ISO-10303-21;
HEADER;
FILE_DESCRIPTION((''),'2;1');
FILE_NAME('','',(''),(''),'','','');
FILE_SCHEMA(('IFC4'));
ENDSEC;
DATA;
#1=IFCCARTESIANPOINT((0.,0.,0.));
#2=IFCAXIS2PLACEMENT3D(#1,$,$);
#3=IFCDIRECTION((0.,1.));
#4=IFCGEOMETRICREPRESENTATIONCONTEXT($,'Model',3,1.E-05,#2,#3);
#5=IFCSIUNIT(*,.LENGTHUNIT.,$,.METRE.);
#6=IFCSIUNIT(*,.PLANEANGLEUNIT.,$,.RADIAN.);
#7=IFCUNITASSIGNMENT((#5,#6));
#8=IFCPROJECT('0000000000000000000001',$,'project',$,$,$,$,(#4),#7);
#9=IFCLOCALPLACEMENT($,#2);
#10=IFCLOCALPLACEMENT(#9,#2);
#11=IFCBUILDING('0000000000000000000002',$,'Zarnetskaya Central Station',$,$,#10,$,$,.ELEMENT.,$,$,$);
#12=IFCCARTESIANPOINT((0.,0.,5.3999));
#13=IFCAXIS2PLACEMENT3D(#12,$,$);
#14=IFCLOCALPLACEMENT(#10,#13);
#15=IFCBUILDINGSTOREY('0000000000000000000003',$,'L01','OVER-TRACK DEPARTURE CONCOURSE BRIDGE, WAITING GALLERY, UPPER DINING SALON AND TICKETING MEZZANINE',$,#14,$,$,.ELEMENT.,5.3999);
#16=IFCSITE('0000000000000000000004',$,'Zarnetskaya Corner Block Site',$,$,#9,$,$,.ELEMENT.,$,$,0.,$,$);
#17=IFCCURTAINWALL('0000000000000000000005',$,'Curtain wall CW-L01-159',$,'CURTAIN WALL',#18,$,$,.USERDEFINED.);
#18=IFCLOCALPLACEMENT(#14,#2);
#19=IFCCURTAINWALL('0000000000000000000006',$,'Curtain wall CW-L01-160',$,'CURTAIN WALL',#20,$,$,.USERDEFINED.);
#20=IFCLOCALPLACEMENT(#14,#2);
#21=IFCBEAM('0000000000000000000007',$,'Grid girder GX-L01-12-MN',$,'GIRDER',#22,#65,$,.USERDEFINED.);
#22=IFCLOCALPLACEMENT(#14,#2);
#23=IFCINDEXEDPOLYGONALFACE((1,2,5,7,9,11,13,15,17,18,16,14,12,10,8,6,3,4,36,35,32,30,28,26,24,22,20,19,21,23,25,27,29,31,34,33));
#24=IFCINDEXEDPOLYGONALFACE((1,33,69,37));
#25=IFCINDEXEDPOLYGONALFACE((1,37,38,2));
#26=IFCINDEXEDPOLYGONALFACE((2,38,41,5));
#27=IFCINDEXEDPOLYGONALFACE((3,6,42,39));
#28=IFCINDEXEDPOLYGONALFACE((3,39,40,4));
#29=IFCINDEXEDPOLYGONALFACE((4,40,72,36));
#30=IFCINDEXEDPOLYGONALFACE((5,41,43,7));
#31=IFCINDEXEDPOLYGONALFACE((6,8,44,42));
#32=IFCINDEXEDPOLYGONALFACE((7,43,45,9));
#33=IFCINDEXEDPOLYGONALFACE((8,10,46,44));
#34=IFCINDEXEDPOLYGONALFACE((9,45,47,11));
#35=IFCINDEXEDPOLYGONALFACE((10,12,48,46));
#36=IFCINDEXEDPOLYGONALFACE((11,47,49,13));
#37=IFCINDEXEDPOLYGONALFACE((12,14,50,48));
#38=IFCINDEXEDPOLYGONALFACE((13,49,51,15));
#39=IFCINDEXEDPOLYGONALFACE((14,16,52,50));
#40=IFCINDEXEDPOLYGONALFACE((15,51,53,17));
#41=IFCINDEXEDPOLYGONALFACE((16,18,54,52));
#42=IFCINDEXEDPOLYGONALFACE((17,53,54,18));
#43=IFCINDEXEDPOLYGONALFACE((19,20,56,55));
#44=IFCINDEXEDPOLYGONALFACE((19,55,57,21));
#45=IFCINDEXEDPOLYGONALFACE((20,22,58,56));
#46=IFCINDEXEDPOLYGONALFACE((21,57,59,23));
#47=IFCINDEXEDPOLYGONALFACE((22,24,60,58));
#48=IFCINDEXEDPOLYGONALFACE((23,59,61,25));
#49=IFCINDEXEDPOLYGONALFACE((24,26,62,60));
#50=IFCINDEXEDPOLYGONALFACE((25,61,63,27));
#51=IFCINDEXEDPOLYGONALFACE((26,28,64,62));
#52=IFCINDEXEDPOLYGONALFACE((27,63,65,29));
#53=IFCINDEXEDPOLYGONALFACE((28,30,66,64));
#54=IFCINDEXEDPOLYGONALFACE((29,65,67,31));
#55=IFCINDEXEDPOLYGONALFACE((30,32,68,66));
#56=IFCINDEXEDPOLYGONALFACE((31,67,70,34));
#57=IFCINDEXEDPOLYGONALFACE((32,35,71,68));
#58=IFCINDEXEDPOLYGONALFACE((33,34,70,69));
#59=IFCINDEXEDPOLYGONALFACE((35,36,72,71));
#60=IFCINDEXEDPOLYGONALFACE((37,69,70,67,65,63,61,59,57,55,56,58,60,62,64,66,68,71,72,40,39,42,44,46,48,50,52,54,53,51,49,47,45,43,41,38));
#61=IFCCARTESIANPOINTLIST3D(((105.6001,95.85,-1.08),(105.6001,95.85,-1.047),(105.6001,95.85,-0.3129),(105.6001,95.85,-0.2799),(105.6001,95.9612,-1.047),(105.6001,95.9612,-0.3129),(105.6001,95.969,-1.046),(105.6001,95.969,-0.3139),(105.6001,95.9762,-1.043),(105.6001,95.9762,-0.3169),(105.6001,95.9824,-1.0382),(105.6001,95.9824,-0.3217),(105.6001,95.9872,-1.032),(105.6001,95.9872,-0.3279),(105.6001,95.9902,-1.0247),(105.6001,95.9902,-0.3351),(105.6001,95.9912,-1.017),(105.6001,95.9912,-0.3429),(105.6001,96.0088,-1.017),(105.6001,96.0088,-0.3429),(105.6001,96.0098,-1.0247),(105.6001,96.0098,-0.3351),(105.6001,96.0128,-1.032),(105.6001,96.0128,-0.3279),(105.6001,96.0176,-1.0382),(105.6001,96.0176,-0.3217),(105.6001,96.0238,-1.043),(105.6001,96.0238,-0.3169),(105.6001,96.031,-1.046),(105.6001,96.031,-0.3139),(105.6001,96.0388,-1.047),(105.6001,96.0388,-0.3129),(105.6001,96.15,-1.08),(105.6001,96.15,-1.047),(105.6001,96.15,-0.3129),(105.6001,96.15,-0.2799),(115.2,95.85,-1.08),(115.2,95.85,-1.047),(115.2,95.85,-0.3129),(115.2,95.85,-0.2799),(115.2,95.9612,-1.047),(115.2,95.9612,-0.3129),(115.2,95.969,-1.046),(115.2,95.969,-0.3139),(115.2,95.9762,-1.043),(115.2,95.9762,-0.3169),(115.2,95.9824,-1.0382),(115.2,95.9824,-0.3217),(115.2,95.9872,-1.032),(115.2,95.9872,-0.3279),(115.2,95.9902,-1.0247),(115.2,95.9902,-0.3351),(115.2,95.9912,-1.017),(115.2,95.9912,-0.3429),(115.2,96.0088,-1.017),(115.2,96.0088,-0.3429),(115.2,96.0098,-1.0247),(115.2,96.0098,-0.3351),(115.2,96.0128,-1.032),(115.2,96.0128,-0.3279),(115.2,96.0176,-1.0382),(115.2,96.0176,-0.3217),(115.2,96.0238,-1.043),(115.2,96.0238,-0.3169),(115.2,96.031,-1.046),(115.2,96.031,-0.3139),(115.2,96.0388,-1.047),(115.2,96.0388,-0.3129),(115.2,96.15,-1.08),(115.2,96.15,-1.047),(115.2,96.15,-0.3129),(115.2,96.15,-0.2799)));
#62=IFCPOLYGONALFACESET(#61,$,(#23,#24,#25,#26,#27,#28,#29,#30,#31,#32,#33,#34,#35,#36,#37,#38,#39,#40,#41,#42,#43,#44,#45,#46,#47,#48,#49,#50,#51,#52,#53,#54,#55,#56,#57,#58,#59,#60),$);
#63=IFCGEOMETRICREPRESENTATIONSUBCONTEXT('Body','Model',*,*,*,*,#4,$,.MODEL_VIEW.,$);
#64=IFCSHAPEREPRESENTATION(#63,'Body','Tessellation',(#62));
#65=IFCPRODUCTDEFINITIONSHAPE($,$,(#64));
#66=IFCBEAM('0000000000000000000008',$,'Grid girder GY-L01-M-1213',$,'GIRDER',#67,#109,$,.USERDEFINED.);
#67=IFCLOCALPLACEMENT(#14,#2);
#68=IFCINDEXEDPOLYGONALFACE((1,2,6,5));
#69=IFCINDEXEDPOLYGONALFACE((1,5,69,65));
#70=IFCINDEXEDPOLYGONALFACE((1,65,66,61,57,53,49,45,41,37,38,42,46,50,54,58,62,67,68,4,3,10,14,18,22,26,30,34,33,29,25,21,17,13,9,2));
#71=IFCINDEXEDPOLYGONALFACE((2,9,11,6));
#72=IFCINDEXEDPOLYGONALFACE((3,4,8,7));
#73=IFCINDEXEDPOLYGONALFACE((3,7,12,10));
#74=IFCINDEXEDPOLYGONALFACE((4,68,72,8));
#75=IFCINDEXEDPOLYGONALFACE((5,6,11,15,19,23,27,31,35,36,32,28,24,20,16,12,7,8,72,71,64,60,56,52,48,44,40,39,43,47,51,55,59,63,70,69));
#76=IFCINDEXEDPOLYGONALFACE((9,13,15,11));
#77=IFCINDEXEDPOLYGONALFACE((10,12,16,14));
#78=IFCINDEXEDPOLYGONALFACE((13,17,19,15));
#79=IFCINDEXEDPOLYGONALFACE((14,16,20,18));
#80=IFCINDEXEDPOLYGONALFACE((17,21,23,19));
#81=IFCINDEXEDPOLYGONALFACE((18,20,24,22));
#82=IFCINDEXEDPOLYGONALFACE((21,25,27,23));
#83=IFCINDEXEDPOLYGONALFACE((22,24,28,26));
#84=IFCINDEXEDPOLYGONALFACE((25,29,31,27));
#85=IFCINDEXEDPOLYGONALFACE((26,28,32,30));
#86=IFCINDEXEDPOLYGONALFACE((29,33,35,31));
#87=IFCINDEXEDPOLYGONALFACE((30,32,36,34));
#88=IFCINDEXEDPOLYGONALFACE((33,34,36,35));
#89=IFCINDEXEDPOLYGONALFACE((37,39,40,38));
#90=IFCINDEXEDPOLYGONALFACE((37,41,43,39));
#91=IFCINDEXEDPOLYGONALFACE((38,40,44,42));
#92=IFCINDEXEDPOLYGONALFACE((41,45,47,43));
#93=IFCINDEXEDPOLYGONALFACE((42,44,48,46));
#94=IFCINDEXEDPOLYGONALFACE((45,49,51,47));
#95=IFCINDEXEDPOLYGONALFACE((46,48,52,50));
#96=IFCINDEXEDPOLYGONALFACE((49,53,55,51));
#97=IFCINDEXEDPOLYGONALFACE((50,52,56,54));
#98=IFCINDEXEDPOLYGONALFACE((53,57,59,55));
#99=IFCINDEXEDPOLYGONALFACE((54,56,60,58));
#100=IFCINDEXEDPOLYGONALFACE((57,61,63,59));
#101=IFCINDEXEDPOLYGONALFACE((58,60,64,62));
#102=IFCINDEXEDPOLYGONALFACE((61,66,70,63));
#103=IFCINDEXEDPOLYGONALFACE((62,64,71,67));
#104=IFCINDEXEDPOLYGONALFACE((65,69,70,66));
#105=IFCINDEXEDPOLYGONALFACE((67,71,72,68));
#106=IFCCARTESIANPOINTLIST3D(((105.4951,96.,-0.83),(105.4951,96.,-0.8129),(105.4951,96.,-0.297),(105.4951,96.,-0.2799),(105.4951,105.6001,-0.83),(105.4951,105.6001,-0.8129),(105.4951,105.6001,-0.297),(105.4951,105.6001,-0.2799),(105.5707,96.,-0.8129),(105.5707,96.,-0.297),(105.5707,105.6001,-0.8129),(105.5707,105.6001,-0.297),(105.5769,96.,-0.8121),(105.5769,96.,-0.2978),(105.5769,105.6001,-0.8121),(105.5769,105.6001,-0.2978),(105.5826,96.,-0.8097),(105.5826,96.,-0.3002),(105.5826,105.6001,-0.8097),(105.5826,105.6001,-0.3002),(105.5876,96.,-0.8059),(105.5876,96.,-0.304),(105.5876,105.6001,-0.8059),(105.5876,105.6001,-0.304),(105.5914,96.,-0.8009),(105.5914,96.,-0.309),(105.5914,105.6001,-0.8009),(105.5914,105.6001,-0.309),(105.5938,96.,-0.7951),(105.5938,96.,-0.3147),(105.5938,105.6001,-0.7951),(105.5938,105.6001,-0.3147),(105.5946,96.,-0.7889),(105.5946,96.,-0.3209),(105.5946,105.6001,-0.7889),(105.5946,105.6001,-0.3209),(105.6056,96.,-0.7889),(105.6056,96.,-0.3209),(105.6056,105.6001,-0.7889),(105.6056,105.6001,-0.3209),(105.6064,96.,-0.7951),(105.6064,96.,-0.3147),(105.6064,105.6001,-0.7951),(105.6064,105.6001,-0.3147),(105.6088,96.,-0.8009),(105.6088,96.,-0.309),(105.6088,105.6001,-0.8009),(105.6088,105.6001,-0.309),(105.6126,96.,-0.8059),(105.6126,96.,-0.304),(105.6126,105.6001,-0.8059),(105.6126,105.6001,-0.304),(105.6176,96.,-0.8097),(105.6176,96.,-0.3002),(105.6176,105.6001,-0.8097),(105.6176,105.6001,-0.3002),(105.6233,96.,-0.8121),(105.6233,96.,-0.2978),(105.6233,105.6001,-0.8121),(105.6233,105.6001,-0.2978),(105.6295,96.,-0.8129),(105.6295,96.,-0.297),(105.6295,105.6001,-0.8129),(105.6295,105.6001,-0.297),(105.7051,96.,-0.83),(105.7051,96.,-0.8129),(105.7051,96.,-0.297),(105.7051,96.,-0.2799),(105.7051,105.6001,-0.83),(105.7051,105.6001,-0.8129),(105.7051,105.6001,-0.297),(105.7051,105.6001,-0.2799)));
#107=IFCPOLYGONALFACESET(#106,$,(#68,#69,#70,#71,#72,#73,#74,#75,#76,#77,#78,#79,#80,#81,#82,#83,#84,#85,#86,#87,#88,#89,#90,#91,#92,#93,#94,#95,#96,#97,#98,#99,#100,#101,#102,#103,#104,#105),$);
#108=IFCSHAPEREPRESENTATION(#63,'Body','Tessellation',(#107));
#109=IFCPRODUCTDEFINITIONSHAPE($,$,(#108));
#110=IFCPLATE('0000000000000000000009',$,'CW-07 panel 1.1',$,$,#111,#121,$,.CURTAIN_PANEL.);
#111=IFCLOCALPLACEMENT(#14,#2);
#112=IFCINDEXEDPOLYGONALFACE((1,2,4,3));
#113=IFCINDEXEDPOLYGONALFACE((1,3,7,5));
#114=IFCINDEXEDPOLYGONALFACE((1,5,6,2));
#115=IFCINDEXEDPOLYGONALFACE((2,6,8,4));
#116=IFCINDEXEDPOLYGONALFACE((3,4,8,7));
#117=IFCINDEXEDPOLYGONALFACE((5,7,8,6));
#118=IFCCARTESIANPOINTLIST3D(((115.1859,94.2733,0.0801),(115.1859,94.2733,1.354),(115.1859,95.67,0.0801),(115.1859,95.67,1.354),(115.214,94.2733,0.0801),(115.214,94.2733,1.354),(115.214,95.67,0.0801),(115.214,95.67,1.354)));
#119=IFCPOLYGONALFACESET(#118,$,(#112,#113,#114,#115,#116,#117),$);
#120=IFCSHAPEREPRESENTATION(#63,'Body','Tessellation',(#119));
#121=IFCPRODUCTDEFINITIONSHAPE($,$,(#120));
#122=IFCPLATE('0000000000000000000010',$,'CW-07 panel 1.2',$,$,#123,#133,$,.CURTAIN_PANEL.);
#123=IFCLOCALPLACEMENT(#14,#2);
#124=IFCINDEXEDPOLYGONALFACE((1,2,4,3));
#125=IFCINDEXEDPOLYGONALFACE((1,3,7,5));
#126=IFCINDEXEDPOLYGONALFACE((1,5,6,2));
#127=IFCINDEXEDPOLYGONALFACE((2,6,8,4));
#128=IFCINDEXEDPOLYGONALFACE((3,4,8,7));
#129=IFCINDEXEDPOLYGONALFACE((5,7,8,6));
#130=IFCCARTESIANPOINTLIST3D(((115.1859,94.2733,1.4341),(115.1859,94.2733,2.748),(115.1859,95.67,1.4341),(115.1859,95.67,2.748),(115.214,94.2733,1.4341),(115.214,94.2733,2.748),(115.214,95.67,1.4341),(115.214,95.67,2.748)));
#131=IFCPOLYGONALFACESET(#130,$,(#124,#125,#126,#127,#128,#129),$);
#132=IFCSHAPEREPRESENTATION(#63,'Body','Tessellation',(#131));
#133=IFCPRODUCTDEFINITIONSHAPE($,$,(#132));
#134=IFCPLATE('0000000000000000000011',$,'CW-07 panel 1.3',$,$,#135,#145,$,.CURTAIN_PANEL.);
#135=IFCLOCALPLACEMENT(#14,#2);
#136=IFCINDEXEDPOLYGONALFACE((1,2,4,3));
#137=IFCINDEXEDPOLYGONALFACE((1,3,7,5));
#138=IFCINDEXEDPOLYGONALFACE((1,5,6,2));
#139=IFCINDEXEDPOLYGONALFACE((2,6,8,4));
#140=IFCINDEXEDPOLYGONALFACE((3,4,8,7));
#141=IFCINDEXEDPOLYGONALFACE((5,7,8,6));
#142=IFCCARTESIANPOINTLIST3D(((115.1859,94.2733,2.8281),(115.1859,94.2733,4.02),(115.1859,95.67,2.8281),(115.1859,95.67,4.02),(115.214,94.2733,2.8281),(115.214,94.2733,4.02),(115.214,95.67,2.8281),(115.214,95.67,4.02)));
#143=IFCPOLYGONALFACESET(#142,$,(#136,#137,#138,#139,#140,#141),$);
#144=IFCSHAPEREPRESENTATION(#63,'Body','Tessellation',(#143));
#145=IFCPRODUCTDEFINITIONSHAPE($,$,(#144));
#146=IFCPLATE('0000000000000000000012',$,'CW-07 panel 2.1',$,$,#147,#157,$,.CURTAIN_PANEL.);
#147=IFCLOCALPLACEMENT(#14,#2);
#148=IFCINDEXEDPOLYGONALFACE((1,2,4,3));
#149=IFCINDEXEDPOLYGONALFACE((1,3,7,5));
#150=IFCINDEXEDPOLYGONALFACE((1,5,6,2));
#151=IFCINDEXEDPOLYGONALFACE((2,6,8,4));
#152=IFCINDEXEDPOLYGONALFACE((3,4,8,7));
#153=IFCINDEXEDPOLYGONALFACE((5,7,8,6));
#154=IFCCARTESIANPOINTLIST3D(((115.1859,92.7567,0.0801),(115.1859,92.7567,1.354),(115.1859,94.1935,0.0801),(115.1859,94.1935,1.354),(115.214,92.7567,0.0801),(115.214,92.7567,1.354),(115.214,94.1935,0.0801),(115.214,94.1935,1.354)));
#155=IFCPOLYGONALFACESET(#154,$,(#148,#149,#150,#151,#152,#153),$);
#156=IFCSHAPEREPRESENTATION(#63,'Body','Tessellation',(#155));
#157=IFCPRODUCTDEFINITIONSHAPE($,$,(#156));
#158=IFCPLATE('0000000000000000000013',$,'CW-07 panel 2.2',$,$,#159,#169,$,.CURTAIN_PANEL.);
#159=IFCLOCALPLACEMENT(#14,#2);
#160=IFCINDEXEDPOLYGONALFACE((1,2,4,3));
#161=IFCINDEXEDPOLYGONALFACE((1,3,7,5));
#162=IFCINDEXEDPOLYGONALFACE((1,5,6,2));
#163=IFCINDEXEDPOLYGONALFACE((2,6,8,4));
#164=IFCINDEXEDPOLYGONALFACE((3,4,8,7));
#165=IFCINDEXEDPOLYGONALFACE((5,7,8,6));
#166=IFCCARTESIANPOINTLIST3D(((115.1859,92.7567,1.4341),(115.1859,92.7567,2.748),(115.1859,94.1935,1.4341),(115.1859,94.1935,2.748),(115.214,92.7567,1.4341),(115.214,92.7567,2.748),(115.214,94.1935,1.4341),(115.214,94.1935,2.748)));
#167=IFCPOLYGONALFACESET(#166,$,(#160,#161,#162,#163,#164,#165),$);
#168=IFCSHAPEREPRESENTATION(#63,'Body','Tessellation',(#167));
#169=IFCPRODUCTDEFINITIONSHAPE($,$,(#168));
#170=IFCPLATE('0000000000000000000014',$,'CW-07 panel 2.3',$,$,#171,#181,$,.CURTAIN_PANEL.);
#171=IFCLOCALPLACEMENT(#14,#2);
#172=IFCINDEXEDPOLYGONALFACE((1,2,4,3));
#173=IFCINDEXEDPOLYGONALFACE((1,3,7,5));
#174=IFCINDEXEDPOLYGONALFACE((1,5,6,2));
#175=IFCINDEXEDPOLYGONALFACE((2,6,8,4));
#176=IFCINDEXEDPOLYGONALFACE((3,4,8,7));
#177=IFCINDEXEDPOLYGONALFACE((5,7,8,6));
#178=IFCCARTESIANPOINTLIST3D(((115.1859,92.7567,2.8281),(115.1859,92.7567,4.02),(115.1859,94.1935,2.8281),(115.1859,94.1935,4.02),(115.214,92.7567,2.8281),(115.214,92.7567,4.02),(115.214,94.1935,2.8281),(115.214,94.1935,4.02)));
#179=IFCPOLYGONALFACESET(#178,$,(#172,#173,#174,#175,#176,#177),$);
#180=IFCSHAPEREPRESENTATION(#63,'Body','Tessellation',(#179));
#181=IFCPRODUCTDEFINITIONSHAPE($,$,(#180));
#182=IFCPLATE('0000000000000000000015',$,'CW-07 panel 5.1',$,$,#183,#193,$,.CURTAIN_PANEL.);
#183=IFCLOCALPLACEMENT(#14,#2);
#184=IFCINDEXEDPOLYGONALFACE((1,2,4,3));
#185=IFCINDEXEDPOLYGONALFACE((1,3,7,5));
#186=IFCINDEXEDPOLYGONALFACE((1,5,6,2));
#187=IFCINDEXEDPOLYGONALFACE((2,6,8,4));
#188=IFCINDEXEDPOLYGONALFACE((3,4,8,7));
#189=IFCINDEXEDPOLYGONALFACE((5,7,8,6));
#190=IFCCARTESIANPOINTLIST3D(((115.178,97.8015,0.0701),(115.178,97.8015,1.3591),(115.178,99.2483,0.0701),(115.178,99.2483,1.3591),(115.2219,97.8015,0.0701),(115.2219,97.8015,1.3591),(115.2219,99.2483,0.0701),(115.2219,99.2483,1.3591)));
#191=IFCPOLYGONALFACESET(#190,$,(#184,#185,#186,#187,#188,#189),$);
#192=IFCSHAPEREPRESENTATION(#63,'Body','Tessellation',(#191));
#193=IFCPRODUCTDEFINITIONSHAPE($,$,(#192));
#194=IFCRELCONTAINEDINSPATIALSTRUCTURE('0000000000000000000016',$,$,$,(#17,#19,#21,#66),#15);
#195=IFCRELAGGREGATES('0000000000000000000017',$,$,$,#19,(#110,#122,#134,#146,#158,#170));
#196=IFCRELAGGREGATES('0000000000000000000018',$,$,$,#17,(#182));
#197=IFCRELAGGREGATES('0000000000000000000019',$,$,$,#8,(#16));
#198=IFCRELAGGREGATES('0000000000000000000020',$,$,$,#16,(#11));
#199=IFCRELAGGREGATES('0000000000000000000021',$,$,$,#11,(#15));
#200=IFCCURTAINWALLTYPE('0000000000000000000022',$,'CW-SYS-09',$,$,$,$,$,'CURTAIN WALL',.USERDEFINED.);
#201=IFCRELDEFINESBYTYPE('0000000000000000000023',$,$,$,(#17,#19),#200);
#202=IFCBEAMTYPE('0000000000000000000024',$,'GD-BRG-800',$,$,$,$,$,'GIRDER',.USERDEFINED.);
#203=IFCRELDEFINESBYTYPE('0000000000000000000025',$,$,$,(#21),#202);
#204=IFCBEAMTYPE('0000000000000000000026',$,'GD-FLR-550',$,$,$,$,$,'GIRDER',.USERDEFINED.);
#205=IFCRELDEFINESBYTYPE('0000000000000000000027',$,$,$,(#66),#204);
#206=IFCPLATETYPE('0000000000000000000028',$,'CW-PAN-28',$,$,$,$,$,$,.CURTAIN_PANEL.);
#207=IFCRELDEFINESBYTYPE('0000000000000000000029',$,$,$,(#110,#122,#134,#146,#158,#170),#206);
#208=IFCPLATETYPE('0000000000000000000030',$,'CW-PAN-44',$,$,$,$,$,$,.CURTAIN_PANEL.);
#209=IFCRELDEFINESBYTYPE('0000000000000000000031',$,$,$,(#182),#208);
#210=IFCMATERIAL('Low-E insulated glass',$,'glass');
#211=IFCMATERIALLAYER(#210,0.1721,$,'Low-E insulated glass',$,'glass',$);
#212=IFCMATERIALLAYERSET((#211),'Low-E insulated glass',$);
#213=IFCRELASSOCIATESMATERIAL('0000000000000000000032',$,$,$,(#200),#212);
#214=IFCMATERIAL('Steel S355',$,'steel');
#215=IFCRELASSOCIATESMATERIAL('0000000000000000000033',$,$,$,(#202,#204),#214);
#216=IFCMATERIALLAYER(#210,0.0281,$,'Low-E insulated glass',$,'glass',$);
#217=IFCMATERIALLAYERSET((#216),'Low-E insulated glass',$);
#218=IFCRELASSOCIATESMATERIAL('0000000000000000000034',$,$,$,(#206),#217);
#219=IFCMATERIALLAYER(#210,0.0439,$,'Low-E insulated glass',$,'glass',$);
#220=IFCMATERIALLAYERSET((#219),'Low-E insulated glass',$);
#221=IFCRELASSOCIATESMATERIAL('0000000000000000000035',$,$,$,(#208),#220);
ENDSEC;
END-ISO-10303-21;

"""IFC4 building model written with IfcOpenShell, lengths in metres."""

from ifc_helpers import new_model, si_unit, direction, frame, origin, origin_2d, place, context, subcontext, project, spatial, rectangle, i_section, extrude, material, layer, layer_set, material_profile, profile_set, type_object, element, aggregate, save


model = new_model("IFC4")

# Units and contexts
model_context = context("Model", 3, precision=1e-05, world=origin(), true_north=direction((0.0, 1.0)))
body_context = subcontext(model_context, "Body", "Model", "MODEL_VIEW")
ifc_project = project(units=[si_unit("LENGTHUNIT", "METRE"), si_unit("PLANEANGLEUNIT", "RADIAN")], contexts=[model_context])

# Site, building, storey
site_placement = place(None, origin())
site = spatial("IfcSite", under=ifc_project, at=site_placement, Name="Zarnetskaya Corner Block Site", CompositionType="ELEMENT", RefElevation=0.0)
building_placement = place(site_placement, origin())
building = spatial("IfcBuilding", under=site, at=building_placement, Name="Zarnetskaya Central Station", CompositionType="ELEMENT")
storey_placement = place(building_placement, frame((0.0, 0.0, 5.3999)))
storey = spatial("IfcBuildingStorey", under=building, at=storey_placement, Name="L01", Description="OVER-TRACK DEPARTURE CONCOURSE BRIDGE, WAITING GALLERY, UPPER DINING SALON AND TICKETING MEZZANINE", CompositionType="ELEMENT", Elevation=5.3999)

# Shared definitions
ifc_material_1 = material(Name="Steel S355", Category="steel")

# Curtain walls
ifc_material_2 = material(Name="Low-E insulated glass", Category="glass")
ifc_layer_1 = layer(ifc_material_2, 0.1721, Name="Low-E insulated glass", Category="glass")
ifc_layer_set_1 = layer_set([ifc_layer_1], Name="Low-E insulated glass")
curtain_wall_type = type_object("IfcCurtainWallType", Name="CW-SYS-09", ElementType="CURTAIN WALL", PredefinedType="USERDEFINED", material=ifc_layer_set_1)
curtain_wall_1_placement = place(storey_placement, origin())
curtain_wall_1 = element("IfcCurtainWall", 1, at=curtain_wall_1_placement, inside=storey, type_object=curtain_wall_type, Name="Curtain wall CW-L01-159", ObjectType="CURTAIN WALL", PredefinedType="USERDEFINED")
curtain_wall_2_placement = place(storey_placement, origin())
curtain_wall_2 = element("IfcCurtainWall", 2, at=curtain_wall_2_placement, inside=storey, type_object=curtain_wall_type, Name="Curtain wall CW-L01-160", ObjectType="CURTAIN WALL", PredefinedType="USERDEFINED")

# Beams
ifc_material_profile_1 = material_profile(ifc_material_1, i_section(OverallWidth=0.3, OverallDepth=0.8, WebThickness=0.0176, FlangeThickness=0.033, FilletRadius=0.03, at=origin_2d()), Name="HEB 800")
ifc_profile_set_1 = profile_set([ifc_material_profile_1], Name="Steel S355")
beam_type_1 = type_object("IfcBeamType", Name="GD-BRG-800", ElementType="GIRDER", PredefinedType="USERDEFINED", material=ifc_profile_set_1)
beam_1_placement = place(storey_placement, frame((105.6001, 96.0, -0.6799), z_axis=(1.0, 0.0, 0.0), x_axis=(0.0, 1.0, 0.0)))
element("IfcBeam", 3, at=beam_1_placement, inside=storey, type_object=beam_type_1, Name="Grid girder GX-L01-12-MN", ObjectType="GIRDER", PredefinedType="USERDEFINED", context=body_context, shape_type="SweptSolid", body=[
    extrude(i_section(OverallWidth=0.3, OverallDepth=0.8, WebThickness=0.0176, FlangeThickness=0.033, FilletRadius=0.03, at=origin_2d()), origin(), (0.0, 0.0, 1.0), 9.5999),
])
ifc_material_profile_2 = material_profile(ifc_material_1, i_section(OverallWidth=0.21, OverallDepth=0.55, WebThickness=0.011, FlangeThickness=0.0171, FilletRadius=0.0239, at=origin_2d()), Name="IPE 550")
ifc_profile_set_2 = profile_set([ifc_material_profile_2], Name="Steel S355")
beam_type_2 = type_object("IfcBeamType", Name="GD-FLR-550", ElementType="GIRDER", PredefinedType="USERDEFINED", material=ifc_profile_set_2)
beam_2_placement = place(storey_placement, frame((105.6001, 96.0, -0.5549), z_axis=(0.0, 1.0, 0.0), x_axis=(-1.0, 0.0, 0.0)))
element("IfcBeam", 4, at=beam_2_placement, inside=storey, type_object=beam_type_2, Name="Grid girder GY-L01-M-1213", ObjectType="GIRDER", PredefinedType="USERDEFINED", context=body_context, shape_type="SweptSolid", body=[
    extrude(i_section(OverallWidth=0.21, OverallDepth=0.55, WebThickness=0.011, FlangeThickness=0.0171, FilletRadius=0.0239, at=origin_2d()), origin(), (0.0, 0.0, 1.0), 9.6001),
])

# Plates
ifc_layer_2 = layer(ifc_material_2, 0.0281, Name="Low-E insulated glass", Category="glass")
ifc_layer_set_2 = layer_set([ifc_layer_2], Name="Low-E insulated glass")
plate_type_1 = type_object("IfcPlateType", Name="CW-PAN-28", PredefinedType="CURTAIN_PANEL", material=ifc_layer_set_2)
plate_1_placement = place(storey_placement, frame((115.2, 94.9717, 0.0801), z_axis=(0.0, 0.0, 1.0), x_axis=(0.0, -1.0, 0.0)))
plate_1 = element("IfcPlate", 5, at=plate_1_placement, type_object=plate_type_1, Name="CW-07 panel 1.1", PredefinedType="CURTAIN_PANEL", context=body_context, shape_type="SweptSolid", body=[
    extrude(rectangle(XDim=1.3967, YDim=0.0281, at=origin_2d()), origin(), (0.0, 0.0, 1.0), 1.2739),
])
plate_2_placement = place(storey_placement, frame((115.2, 94.9717, 1.4341), z_axis=(0.0, 0.0, 1.0), x_axis=(0.0, -1.0, 0.0)))
plate_2 = element("IfcPlate", 6, at=plate_2_placement, type_object=plate_type_1, Name="CW-07 panel 1.2", PredefinedType="CURTAIN_PANEL", context=body_context, shape_type="SweptSolid", body=[
    extrude(rectangle(XDim=1.3967, YDim=0.0281, at=origin_2d()), origin(), (0.0, 0.0, 1.0), 1.314),
])
plate_3_placement = place(storey_placement, frame((115.2, 94.9717, 2.8281), z_axis=(0.0, 0.0, 1.0), x_axis=(0.0, -1.0, 0.0)))
plate_3 = element("IfcPlate", 7, at=plate_3_placement, type_object=plate_type_1, Name="CW-07 panel 1.3", PredefinedType="CURTAIN_PANEL", context=body_context, shape_type="SweptSolid", body=[
    extrude(rectangle(XDim=1.3967, YDim=0.0281, at=origin_2d()), origin(), (0.0, 0.0, 1.0), 1.1919),
])
plate_4_placement = place(storey_placement, frame((115.2, 93.4751, 0.0801), z_axis=(0.0, 0.0, 1.0), x_axis=(0.0, -1.0, 0.0)))
plate_4 = element("IfcPlate", 8, at=plate_4_placement, type_object=plate_type_1, Name="CW-07 panel 2.1", PredefinedType="CURTAIN_PANEL", context=body_context, shape_type="SweptSolid", body=[
    extrude(rectangle(XDim=1.4368, YDim=0.0281, at=origin_2d()), origin(), (0.0, 0.0, 1.0), 1.2739),
])
plate_5_placement = place(storey_placement, frame((115.2, 93.4751, 1.4341), z_axis=(0.0, 0.0, 1.0), x_axis=(0.0, -1.0, 0.0)))
plate_5 = element("IfcPlate", 9, at=plate_5_placement, type_object=plate_type_1, Name="CW-07 panel 2.2", PredefinedType="CURTAIN_PANEL", context=body_context, shape_type="SweptSolid", body=[
    extrude(rectangle(XDim=1.4368, YDim=0.0281, at=origin_2d()), origin(), (0.0, 0.0, 1.0), 1.314),
])
plate_6_placement = place(storey_placement, frame((115.2, 93.4751, 2.8281), z_axis=(0.0, 0.0, 1.0), x_axis=(0.0, -1.0, 0.0)))
plate_6 = element("IfcPlate", 10, at=plate_6_placement, type_object=plate_type_1, Name="CW-07 panel 2.3", PredefinedType="CURTAIN_PANEL", context=body_context, shape_type="SweptSolid", body=[
    extrude(rectangle(XDim=1.4368, YDim=0.0281, at=origin_2d()), origin(), (0.0, 0.0, 1.0), 1.1919),
])
aggregate(curtain_wall_2, [plate_1, plate_2, plate_3, plate_4, plate_5, plate_6])
ifc_layer_3 = layer(ifc_material_2, 0.0439, Name="Low-E insulated glass", Category="glass")
ifc_layer_set_3 = layer_set([ifc_layer_3], Name="Low-E insulated glass")
plate_type_2 = type_object("IfcPlateType", Name="CW-PAN-44", PredefinedType="CURTAIN_PANEL", material=ifc_layer_set_3)
plate_7_placement = place(storey_placement, frame((115.2, 98.5249, 0.0701), z_axis=(0.0, 0.0, 1.0), x_axis=(0.0, -1.0, 0.0)))
plate_7 = element("IfcPlate", 11, at=plate_7_placement, type_object=plate_type_2, Name="CW-07 panel 5.1", PredefinedType="CURTAIN_PANEL", context=body_context, shape_type="SweptSolid", body=[
    extrude(rectangle(XDim=1.4468, YDim=0.0439, at=origin_2d()), origin(), (0.0, 0.0, 1.0), 1.2891),
])
aggregate(curtain_wall_1, [plate_7])

save(model, "model.ifc")
